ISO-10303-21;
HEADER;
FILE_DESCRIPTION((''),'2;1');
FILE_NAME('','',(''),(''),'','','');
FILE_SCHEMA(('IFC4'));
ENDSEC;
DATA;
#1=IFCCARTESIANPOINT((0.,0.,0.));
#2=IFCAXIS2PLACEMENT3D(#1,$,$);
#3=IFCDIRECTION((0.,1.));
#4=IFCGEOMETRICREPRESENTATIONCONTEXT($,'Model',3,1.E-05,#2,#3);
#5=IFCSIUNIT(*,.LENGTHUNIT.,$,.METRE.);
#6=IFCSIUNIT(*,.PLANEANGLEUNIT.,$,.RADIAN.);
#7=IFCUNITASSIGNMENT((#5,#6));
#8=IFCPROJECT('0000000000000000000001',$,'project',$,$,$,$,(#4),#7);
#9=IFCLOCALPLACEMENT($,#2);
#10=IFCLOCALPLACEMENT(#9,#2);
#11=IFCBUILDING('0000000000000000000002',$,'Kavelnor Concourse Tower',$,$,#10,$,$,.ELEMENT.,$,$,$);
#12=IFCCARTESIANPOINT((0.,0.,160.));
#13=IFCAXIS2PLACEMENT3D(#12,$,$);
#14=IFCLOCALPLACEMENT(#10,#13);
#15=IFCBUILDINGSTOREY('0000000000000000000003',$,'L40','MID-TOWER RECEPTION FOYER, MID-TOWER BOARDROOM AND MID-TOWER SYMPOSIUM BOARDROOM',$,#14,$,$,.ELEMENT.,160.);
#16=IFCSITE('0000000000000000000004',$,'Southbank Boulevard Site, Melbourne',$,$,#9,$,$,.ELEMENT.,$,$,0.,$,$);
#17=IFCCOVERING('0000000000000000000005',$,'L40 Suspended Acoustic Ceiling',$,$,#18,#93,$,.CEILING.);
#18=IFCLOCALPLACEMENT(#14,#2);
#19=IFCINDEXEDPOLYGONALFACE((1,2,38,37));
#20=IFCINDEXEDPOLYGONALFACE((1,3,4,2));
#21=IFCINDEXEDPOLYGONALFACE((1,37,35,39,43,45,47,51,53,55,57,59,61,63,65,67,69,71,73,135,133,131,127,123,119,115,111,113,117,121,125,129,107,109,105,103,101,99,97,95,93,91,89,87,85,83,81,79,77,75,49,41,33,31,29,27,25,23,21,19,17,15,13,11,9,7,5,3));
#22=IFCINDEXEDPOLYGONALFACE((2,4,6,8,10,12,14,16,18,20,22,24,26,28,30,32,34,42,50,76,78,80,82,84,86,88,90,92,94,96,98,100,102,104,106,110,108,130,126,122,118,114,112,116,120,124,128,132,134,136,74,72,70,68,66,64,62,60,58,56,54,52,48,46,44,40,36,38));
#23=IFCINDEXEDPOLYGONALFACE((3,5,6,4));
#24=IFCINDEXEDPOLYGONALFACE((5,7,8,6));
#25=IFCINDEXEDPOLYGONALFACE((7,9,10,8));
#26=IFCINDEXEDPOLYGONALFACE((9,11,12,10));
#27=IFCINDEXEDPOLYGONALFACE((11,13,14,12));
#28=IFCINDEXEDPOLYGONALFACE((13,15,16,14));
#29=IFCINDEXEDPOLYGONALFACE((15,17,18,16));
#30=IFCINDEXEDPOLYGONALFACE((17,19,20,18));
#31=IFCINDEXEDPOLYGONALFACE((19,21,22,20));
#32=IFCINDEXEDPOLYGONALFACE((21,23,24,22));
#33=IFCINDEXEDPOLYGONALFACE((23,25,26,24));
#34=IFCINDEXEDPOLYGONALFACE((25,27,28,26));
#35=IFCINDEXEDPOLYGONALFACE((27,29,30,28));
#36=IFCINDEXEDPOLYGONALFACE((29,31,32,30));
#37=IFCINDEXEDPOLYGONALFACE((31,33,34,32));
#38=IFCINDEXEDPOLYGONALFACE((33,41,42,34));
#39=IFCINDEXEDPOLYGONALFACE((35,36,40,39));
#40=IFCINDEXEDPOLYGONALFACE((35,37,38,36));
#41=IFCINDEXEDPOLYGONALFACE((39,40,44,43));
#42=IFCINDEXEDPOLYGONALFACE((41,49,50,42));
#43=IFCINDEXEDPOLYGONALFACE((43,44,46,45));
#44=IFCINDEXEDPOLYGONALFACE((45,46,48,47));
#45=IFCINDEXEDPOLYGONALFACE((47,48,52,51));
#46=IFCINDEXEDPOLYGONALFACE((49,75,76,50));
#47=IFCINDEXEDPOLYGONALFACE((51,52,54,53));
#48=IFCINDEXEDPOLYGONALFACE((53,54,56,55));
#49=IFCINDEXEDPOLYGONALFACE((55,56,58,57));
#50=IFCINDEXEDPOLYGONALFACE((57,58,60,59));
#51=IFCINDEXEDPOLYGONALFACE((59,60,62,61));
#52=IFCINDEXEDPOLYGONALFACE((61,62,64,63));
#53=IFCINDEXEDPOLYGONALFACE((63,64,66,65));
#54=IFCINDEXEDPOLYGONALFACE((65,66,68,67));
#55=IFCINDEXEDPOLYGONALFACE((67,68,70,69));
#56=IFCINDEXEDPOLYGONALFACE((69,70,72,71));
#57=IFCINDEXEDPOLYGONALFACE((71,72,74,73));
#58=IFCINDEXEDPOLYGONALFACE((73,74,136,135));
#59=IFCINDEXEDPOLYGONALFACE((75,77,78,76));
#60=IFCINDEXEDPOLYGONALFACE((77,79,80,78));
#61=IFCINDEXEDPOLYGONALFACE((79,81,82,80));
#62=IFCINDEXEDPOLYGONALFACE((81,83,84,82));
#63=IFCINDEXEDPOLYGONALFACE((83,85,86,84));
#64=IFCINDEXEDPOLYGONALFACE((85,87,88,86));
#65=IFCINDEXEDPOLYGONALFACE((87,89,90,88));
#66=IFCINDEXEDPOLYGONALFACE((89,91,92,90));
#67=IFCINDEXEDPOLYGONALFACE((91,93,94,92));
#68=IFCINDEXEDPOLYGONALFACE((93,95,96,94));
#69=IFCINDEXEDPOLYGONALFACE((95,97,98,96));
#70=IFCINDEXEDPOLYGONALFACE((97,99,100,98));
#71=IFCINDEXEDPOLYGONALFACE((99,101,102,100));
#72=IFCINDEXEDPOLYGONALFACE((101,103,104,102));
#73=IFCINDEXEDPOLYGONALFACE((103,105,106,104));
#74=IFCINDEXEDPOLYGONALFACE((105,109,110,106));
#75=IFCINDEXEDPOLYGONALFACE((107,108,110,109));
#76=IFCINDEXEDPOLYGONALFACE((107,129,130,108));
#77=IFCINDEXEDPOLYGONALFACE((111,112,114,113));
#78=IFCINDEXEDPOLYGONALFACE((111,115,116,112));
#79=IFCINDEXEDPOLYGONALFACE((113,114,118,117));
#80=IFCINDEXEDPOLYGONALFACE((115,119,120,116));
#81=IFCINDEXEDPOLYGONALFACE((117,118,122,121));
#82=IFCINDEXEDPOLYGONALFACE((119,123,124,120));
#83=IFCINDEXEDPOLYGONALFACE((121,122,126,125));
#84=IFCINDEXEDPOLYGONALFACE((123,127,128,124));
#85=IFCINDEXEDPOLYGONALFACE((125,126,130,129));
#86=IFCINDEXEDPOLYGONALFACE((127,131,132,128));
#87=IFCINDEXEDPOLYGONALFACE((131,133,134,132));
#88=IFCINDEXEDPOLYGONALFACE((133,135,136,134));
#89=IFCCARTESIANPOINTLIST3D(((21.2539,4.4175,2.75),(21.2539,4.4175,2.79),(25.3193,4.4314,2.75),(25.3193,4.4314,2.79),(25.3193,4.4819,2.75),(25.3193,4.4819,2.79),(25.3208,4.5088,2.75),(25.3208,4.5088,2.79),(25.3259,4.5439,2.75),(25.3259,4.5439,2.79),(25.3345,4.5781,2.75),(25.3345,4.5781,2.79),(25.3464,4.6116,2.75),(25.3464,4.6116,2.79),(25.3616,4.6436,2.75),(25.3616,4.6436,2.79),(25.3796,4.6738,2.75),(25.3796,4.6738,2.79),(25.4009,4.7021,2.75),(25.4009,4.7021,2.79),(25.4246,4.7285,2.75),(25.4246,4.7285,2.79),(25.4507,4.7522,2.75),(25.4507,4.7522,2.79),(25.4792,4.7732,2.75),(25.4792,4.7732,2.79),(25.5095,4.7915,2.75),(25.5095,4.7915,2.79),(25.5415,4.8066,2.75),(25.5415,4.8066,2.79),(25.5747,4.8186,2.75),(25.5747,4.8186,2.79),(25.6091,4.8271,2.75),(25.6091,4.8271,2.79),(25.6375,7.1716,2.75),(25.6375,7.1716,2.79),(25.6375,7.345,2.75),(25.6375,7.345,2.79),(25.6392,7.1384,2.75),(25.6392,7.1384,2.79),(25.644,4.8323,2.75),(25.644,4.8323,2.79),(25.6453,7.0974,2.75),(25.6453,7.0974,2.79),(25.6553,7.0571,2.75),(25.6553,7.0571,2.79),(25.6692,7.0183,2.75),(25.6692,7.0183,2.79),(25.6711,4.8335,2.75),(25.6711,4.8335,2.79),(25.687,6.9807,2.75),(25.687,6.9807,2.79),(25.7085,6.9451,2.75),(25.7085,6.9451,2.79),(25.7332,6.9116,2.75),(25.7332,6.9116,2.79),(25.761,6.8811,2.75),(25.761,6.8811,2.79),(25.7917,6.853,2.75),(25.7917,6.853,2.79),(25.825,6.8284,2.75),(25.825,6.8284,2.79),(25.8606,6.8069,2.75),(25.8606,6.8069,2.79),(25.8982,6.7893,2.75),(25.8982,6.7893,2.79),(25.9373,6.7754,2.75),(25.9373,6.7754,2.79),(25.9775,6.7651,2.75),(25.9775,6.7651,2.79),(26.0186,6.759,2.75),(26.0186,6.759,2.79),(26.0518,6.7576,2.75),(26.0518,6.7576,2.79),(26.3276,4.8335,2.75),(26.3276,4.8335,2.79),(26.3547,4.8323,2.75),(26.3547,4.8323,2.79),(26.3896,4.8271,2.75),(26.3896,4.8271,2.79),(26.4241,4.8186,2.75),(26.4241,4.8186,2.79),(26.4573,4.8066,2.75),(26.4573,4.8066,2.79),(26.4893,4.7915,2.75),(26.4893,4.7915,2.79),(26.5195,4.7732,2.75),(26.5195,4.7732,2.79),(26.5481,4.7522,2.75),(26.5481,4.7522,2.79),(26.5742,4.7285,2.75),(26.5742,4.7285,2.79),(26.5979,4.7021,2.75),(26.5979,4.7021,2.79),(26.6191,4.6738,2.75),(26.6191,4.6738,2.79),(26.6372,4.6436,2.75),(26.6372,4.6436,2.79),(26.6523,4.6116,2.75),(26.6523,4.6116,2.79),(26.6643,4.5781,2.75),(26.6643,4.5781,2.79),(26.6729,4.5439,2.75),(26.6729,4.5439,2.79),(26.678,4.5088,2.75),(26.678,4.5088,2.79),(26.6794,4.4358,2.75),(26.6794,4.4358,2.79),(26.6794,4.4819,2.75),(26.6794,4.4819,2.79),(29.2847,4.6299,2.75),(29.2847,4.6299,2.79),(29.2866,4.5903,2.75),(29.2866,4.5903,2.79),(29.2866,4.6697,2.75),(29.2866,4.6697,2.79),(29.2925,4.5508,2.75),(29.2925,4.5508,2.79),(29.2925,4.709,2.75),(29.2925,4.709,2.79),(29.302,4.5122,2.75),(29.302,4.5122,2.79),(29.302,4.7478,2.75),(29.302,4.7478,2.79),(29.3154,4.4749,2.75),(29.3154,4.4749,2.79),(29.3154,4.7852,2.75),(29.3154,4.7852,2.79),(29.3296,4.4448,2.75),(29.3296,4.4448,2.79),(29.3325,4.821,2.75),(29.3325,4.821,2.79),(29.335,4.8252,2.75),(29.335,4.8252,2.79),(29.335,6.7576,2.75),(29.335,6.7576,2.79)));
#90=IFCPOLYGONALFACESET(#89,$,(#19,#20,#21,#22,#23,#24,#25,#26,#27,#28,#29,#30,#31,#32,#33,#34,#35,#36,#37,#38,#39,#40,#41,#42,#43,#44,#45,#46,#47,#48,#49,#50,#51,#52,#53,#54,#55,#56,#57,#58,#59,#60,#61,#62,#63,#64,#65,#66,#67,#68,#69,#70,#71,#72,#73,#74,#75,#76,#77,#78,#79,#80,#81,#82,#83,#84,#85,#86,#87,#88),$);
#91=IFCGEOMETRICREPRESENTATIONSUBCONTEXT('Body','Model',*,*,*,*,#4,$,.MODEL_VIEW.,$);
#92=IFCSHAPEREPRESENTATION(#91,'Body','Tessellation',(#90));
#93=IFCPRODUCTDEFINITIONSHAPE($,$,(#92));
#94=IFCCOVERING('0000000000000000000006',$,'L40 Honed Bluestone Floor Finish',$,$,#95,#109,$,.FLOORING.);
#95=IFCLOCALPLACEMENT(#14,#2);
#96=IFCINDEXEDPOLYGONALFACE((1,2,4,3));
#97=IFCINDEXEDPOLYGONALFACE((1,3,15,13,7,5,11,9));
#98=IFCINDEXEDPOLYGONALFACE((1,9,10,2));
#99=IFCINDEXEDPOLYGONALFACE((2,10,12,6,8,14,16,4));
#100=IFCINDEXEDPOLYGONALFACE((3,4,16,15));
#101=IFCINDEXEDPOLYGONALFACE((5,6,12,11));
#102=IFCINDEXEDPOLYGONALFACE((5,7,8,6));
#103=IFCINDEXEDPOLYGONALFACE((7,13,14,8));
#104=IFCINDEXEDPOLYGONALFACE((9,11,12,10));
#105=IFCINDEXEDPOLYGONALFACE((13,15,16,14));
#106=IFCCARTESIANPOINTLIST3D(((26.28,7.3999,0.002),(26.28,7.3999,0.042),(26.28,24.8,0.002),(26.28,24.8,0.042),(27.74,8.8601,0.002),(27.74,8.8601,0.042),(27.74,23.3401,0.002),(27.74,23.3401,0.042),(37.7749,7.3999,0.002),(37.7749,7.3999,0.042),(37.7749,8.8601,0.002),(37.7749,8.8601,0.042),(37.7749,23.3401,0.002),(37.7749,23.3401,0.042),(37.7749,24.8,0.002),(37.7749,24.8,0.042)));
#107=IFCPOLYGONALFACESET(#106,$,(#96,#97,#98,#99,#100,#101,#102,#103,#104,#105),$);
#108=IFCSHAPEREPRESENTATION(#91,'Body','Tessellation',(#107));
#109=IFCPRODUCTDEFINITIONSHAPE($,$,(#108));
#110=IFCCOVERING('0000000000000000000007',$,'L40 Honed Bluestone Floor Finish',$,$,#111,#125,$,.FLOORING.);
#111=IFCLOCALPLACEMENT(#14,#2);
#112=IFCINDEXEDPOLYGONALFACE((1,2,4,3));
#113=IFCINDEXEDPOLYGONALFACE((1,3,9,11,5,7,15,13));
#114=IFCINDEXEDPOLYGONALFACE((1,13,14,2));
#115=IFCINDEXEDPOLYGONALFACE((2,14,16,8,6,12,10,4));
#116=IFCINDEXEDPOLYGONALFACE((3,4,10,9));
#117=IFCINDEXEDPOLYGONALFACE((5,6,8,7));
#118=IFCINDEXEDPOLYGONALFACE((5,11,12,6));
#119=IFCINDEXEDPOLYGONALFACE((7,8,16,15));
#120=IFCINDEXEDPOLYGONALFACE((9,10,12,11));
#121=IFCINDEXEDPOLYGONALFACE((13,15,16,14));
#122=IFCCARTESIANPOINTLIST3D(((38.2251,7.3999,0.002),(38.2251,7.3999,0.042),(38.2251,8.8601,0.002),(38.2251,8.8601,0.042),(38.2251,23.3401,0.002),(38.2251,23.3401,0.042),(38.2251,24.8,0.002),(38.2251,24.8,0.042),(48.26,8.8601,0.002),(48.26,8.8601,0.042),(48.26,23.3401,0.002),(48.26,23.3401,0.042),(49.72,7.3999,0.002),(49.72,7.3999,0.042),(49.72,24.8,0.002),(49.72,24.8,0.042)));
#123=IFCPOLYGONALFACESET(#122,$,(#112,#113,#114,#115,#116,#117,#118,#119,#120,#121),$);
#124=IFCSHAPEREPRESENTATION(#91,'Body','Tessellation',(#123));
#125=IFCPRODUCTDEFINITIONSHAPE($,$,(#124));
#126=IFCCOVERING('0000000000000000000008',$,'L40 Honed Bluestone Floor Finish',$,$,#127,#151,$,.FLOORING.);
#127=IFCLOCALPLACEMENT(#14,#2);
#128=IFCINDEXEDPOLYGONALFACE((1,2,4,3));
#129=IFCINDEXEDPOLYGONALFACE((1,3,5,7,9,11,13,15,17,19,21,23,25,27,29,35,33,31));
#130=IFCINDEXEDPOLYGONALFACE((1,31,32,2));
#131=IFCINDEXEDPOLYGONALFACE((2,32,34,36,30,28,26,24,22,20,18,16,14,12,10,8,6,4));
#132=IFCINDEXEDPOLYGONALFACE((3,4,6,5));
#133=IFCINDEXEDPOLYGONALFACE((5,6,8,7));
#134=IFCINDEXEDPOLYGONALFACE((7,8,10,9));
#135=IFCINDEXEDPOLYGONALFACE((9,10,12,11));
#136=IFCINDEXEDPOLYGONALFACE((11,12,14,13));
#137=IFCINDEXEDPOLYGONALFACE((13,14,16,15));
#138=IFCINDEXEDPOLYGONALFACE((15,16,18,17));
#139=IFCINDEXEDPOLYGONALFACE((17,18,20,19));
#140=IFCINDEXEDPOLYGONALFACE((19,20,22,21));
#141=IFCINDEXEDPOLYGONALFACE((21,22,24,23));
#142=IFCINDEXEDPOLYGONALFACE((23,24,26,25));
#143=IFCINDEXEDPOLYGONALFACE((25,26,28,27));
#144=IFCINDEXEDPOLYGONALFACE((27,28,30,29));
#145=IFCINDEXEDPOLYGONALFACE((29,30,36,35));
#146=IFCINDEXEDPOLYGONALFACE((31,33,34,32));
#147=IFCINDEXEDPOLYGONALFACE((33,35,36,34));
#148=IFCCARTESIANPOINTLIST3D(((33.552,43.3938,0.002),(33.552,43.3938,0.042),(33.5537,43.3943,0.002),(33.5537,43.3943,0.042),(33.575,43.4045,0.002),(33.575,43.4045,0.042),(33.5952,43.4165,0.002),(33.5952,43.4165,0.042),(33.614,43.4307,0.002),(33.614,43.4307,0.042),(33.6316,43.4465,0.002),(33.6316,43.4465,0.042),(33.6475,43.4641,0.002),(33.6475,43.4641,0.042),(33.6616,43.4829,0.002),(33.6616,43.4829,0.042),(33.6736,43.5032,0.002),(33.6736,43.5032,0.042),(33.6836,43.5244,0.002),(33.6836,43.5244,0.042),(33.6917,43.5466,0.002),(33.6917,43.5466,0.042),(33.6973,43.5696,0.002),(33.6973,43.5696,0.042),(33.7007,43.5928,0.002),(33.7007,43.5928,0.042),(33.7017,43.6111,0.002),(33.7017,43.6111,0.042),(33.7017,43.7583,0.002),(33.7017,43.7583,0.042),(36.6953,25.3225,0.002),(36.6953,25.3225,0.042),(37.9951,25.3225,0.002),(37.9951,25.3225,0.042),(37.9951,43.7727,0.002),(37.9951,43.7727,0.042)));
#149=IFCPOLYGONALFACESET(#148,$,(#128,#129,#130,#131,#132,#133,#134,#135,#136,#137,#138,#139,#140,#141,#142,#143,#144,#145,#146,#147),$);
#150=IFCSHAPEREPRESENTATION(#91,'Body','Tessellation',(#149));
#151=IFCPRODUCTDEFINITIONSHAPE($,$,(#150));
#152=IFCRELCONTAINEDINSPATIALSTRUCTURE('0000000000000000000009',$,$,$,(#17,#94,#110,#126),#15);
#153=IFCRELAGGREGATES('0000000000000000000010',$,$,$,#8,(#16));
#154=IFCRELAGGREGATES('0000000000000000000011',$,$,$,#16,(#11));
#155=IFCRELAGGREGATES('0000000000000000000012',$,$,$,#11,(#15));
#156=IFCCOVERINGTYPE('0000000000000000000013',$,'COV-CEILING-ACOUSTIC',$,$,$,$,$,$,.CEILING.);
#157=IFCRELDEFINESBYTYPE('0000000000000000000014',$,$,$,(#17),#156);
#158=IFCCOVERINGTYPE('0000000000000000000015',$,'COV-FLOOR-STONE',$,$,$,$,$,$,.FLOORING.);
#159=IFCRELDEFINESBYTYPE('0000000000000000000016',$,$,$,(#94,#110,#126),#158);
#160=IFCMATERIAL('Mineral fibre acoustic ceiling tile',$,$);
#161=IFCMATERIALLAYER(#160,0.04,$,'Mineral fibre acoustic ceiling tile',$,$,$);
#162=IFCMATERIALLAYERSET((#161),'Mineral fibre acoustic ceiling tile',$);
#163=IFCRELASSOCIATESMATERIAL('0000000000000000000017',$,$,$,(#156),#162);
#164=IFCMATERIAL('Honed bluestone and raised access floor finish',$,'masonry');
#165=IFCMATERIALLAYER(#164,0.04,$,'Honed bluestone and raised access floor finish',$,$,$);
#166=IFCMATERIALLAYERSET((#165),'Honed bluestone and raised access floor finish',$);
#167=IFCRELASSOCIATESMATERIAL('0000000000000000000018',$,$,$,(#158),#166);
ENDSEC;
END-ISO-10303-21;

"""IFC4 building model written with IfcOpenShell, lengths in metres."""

from ifc_helpers import new_model, si_unit, direction, frame, origin, place, context, subcontext, project, spatial, polyline, outline, extrude, material, layer, layer_set, type_object, element, save


model = new_model("IFC4")

# Units and contexts
model_context = context("Model", 3, precision=1e-05, world=origin(), true_north=direction((0.0, 1.0)))
body_context = subcontext(model_context, "Body", "Model", "MODEL_VIEW")
ifc_project = project(units=[si_unit("LENGTHUNIT", "METRE"), si_unit("PLANEANGLEUNIT", "RADIAN")], contexts=[model_context])

# Site, building, storey
site_placement = place(None, origin())
site = spatial("IfcSite", under=ifc_project, at=site_placement, Name="Southbank Boulevard Site, Melbourne", CompositionType="ELEMENT", RefElevation=0.0)
building_placement = place(site_placement, origin())
building = spatial("IfcBuilding", under=site, at=building_placement, Name="Kavelnor Concourse Tower", CompositionType="ELEMENT")
storey_placement = place(building_placement, frame((0.0, 0.0, 160.0)))
storey = spatial("IfcBuildingStorey", under=building, at=storey_placement, Name="L40", Description="MID-TOWER RECEPTION FOYER, MID-TOWER BOARDROOM AND MID-TOWER SYMPOSIUM BOARDROOM", CompositionType="ELEMENT", Elevation=160.0)

# Coverings
ifc_material_1 = material(Name="Mineral fibre acoustic ceiling tile")
ifc_layer_1 = layer(ifc_material_1, 0.04, Name="Mineral fibre acoustic ceiling tile")
ifc_layer_set_1 = layer_set([ifc_layer_1], Name="Mineral fibre acoustic ceiling tile")
covering_type_1 = type_object("IfcCoveringType", Name="COV-CEILING-ACOUSTIC", PredefinedType="CEILING", material=ifc_layer_set_1)
covering_1_placement = place(storey_placement, frame((0.0, 0.0, 2.75)))
element("IfcCovering", 1, at=covering_1_placement, inside=storey, type_object=covering_type_1, Name="L40 Suspended Acoustic Ceiling", PredefinedType="CEILING", context=body_context, shape_type="SweptSolid", body=[
    extrude(outline(polyline([(25.6375, 7.345), (25.6375, 7.1716), (25.6392, 7.1384), (25.6453, 7.0974), (25.6553, 7.0571), (25.6692, 7.0183), (25.687, 6.9807), (25.7085, 6.9451), (25.7332, 6.9116), (25.761, 6.8811), (25.7917, 6.853), (25.825, 6.8284), (25.8606, 6.8069), (25.8982, 6.7893), (25.9373, 6.7754), (25.9775, 6.7651), (26.0186, 6.759), (26.0518, 6.7576), (29.335, 6.7576), (29.335, 4.8252), (29.3325, 4.821), (29.3154, 4.7852), (29.302, 4.7478), (29.2925, 4.709), (29.2866, 4.6697), (29.2847, 4.6299), (29.2866, 4.5903), (29.2925, 4.5508), (29.302, 4.5122), (29.3154, 4.4749), (29.3296, 4.4448), (26.6794, 4.4358), (26.6794, 4.4819), (26.678, 4.5088), (26.6729, 4.5439), (26.6643, 4.5781), (26.6523, 4.6116), (26.6372, 4.6436), (26.6191, 4.6738), (26.5979, 4.7021), (26.5742, 4.7285), (26.5481, 4.7522), (26.5195, 4.7732), (26.4893, 4.7915), (26.4573, 4.8066), (26.4241, 4.8186), (26.3896, 4.8271), (26.3547, 4.8323), (26.3276, 4.8335), (25.6711, 4.8335), (25.644, 4.8323), (25.6091, 4.8271), (25.5747, 4.8186), (25.5415, 4.8066), (25.5095, 4.7915), (25.4792, 4.7732), (25.4507, 4.7522), (25.4246, 4.7285), (25.4009, 4.7021), (25.3796, 4.6738), (25.3616, 4.6436), (25.3464, 4.6116), (25.3345, 4.5781), (25.3259, 4.5439), (25.3208, 4.5088), (25.3193, 4.4819), (25.3193, 4.4314), (21.2539, 4.4175), (25.6375, 7.345)])), origin(), (0.0, 0.0, 1.0), 0.04),
])
ifc_material_2 = material(Name="Honed bluestone and raised access floor finish", Category="masonry")
ifc_layer_2 = layer(ifc_material_2, 0.04, Name="Honed bluestone and raised access floor finish")
ifc_layer_set_2 = layer_set([ifc_layer_2], Name="Honed bluestone and raised access floor finish")
covering_type_2 = type_object("IfcCoveringType", Name="COV-FLOOR-STONE", PredefinedType="FLOORING", material=ifc_layer_set_2)
covering_2_placement = place(storey_placement, frame((0.0, 0.0, 0.002)))
element("IfcCovering", 2, at=covering_2_placement, inside=storey, type_object=covering_type_2, Name="L40 Honed Bluestone Floor Finish", PredefinedType="FLOORING", context=body_context, shape_type="SweptSolid", body=[
    extrude(outline(polyline([(26.28, 7.3999), (26.28, 24.8), (37.7749, 24.8), (37.7749, 23.3401), (27.74, 23.3401), (27.74, 8.8601), (37.7749, 8.8601), (37.7749, 7.3999), (26.28, 7.3999)])), origin(), (0.0, 0.0, 1.0), 0.04),
])
covering_3_placement = place(storey_placement, frame((0.0, 0.0, 0.002)))
element("IfcCovering", 3, at=covering_3_placement, inside=storey, type_object=covering_type_2, Name="L40 Honed Bluestone Floor Finish", PredefinedType="FLOORING", context=body_context, shape_type="SweptSolid", body=[
    extrude(outline(polyline([(49.72, 7.3999), (38.2251, 7.3999), (38.2251, 8.8601), (48.26, 8.8601), (48.26, 23.3401), (38.2251, 23.3401), (38.2251, 24.8), (49.72, 24.8), (49.72, 7.3999)])), origin(), (0.0, 0.0, 1.0), 0.04),
])
covering_4_placement = place(storey_placement, frame((0.0, 0.0, 0.002)))
element("IfcCovering", 4, at=covering_4_placement, inside=storey, type_object=covering_type_2, Name="L40 Honed Bluestone Floor Finish", PredefinedType="FLOORING", context=body_context, shape_type="SweptSolid", body=[
    extrude(outline(polyline([(33.575, 43.4045), (33.5952, 43.4165), (33.614, 43.4307), (33.6316, 43.4465), (33.6475, 43.4641), (33.6616, 43.4829), (33.6736, 43.5032), (33.6836, 43.5244), (33.6917, 43.5466), (33.6973, 43.5696), (33.7007, 43.5928), (33.7017, 43.6111), (33.7017, 43.7583), (37.9951, 43.7727), (37.9951, 25.3225), (36.6953, 25.3225), (33.552, 43.3938), (33.5537, 43.3943), (33.575, 43.4045)])), origin(), (0.0, 0.0, 1.0), 0.04),
])

save(model, "model.ifc")
